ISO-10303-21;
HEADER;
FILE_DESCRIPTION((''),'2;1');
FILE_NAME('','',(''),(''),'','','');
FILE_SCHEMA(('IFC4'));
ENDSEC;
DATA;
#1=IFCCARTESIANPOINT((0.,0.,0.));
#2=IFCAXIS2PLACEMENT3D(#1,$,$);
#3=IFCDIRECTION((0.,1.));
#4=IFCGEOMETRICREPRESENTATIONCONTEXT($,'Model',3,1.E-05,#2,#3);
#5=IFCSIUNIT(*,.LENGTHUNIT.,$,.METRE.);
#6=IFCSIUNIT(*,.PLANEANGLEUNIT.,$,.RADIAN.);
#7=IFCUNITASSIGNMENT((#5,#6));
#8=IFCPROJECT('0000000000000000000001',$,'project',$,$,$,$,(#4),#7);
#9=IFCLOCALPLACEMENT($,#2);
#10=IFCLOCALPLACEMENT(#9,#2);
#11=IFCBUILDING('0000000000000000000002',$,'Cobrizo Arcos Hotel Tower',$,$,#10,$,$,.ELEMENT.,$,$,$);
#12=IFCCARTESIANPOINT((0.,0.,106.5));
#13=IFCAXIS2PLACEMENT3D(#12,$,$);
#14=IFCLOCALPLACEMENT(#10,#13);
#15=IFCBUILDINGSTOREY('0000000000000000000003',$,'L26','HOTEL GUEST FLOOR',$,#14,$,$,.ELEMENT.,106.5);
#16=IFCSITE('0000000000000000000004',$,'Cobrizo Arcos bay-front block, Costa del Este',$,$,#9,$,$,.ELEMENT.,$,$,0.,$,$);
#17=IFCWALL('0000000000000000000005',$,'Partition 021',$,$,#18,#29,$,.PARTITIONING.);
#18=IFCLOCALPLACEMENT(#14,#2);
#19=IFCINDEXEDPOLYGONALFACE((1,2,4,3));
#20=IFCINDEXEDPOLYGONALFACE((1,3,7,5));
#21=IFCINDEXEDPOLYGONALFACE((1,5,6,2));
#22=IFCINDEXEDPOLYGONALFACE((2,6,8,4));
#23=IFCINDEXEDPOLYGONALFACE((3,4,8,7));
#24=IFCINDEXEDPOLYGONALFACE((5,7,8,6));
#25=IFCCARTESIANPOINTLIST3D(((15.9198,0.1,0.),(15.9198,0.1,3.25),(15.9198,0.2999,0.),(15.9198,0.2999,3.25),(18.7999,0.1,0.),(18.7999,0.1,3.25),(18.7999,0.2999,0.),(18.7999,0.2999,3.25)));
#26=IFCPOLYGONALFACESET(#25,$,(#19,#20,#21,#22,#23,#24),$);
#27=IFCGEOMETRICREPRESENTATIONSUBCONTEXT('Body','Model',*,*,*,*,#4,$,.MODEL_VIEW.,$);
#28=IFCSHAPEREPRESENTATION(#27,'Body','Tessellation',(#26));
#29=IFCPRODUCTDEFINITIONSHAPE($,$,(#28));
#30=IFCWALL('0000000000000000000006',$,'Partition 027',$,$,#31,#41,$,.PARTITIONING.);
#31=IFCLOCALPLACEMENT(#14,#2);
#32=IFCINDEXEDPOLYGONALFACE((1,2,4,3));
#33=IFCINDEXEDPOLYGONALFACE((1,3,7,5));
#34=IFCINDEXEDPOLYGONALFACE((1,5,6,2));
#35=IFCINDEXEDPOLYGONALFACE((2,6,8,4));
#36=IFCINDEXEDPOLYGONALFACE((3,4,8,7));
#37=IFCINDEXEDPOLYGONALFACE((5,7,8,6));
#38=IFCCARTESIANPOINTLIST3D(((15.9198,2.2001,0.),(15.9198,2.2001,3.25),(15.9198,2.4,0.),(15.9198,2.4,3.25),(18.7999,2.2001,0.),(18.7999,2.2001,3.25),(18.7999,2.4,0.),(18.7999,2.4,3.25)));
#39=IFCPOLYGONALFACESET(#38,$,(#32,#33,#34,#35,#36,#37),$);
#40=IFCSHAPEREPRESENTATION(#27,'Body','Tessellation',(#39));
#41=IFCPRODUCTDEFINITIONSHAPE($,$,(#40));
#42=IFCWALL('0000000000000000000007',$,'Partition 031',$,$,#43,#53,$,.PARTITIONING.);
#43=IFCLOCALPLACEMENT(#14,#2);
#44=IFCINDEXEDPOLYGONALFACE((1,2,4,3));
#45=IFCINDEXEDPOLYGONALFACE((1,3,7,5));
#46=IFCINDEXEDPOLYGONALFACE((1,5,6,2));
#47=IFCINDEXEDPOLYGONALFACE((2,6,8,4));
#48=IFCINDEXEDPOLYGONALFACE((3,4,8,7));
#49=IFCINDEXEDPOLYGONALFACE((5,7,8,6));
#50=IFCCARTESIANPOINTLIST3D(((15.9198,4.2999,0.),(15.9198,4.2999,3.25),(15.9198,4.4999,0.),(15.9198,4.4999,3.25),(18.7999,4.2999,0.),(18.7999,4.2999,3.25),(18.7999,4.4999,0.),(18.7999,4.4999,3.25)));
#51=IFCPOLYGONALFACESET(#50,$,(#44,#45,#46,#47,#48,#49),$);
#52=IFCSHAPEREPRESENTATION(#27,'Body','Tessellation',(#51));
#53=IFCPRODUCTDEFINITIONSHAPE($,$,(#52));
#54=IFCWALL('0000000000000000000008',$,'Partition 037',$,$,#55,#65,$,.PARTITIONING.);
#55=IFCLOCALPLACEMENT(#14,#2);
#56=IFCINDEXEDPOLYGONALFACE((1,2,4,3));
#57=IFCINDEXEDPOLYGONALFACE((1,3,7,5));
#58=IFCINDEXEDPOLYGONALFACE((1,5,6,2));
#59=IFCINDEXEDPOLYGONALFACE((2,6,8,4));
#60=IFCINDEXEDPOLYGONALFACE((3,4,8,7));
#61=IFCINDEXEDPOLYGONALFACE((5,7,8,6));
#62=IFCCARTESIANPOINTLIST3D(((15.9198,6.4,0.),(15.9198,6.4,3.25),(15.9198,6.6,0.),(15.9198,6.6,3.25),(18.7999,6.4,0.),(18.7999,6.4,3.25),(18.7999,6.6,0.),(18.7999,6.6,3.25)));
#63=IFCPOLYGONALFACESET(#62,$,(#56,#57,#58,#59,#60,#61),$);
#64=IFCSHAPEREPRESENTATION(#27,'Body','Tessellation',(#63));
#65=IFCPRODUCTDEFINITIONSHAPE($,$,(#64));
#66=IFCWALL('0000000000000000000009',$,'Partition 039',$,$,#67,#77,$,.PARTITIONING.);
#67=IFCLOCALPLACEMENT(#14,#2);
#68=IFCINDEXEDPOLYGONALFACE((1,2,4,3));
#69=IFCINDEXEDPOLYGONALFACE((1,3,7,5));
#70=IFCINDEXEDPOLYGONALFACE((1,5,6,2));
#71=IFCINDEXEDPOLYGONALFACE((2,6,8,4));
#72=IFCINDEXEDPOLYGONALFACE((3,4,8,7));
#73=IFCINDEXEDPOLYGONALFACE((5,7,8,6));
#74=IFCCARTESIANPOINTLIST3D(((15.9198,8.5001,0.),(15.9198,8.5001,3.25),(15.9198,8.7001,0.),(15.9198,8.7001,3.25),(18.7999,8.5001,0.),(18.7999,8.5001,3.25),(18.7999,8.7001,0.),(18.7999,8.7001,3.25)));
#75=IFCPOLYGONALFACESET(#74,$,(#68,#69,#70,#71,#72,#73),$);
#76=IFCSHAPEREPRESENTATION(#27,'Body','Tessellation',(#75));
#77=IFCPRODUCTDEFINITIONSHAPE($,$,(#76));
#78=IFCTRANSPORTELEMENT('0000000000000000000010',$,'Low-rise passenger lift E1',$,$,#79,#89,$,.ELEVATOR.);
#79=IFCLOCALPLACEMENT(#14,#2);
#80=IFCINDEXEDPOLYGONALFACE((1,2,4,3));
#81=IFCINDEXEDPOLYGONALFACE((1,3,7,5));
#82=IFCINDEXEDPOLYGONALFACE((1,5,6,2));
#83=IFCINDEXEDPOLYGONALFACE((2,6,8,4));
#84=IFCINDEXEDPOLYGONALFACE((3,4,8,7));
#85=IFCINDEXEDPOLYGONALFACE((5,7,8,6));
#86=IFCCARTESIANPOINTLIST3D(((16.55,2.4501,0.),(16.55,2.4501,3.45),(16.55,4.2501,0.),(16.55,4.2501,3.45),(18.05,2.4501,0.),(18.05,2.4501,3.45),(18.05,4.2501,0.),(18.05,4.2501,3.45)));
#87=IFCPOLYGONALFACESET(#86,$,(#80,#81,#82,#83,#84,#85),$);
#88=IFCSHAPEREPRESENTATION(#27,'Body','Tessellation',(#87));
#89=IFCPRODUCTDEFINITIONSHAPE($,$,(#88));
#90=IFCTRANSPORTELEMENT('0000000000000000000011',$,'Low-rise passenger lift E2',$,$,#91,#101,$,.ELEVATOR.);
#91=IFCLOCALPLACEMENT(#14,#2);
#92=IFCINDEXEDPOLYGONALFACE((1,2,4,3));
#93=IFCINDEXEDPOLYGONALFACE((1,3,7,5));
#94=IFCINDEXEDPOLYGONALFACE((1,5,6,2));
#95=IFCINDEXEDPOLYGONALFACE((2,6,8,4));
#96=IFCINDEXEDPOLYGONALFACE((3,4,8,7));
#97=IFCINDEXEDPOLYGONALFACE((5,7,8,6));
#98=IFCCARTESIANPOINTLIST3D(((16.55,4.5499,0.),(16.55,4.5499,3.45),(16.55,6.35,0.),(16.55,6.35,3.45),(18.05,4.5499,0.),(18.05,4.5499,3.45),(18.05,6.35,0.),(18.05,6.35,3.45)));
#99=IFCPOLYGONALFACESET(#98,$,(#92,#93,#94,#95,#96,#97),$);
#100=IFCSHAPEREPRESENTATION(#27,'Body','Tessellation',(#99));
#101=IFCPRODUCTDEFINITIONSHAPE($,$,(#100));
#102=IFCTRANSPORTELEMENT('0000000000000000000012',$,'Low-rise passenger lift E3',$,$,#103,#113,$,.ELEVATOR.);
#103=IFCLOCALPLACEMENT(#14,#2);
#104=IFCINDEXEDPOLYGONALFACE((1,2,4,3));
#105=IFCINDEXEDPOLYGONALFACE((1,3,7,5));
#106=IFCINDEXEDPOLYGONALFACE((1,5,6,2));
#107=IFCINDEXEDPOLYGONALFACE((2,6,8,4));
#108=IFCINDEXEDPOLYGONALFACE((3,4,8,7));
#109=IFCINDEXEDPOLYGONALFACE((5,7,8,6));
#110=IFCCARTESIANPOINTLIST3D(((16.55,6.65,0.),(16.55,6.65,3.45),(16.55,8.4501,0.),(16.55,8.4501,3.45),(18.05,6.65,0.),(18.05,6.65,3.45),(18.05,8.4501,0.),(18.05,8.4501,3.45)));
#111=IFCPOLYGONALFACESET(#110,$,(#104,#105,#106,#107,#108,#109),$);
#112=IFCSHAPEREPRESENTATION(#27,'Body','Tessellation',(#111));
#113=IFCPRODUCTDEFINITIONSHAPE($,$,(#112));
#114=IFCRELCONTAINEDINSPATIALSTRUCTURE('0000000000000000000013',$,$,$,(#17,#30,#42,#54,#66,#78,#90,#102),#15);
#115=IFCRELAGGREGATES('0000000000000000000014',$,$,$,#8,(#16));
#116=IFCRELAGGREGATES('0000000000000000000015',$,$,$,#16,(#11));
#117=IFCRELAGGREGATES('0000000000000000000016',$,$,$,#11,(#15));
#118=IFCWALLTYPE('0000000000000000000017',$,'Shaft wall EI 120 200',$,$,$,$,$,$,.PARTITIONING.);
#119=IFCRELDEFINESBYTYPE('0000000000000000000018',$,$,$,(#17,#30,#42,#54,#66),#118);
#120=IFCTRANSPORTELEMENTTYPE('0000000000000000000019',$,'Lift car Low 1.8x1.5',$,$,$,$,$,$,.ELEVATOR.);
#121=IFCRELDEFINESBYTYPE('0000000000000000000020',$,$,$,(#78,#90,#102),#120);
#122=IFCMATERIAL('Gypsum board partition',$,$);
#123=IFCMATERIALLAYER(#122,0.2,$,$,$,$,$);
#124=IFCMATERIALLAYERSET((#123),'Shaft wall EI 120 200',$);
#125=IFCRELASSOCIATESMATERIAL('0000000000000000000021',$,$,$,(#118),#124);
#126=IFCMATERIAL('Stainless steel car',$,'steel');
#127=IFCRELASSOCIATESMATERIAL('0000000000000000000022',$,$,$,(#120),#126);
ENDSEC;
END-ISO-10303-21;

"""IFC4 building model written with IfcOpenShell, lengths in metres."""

from ifc_helpers import new_model, si_unit, direction, frame, frame_2d, origin, origin_2d, place, context, subcontext, project, spatial, rectangle, extrude, material, layer, layer_set, type_object, element, save


model = new_model("IFC4")

# Units and contexts
model_context = context("Model", 3, precision=1e-05, world=origin(), true_north=direction((0.0, 1.0)))
body_context = subcontext(model_context, "Body", "Model", "MODEL_VIEW")
ifc_project = project(units=[si_unit("LENGTHUNIT", "METRE"), si_unit("PLANEANGLEUNIT", "RADIAN")], contexts=[model_context])

# Site, building, storey
site_placement = place(None, origin())
site = spatial("IfcSite", under=ifc_project, at=site_placement, Name="Cobrizo Arcos bay-front block, Costa del Este", CompositionType="ELEMENT", RefElevation=0.0)
building_placement = place(site_placement, origin())
building = spatial("IfcBuilding", under=site, at=building_placement, Name="Cobrizo Arcos Hotel Tower", CompositionType="ELEMENT")
storey_placement = place(building_placement, frame((0.0, 0.0, 106.5)))
storey = spatial("IfcBuildingStorey", under=building, at=storey_placement, Name="L26", Description="HOTEL GUEST FLOOR", CompositionType="ELEMENT", Elevation=106.5)

# Shared definitions
ifc_material_1 = material(Name="Gypsum board partition")

# Walls
ifc_layer_1 = layer(ifc_material_1, 0.2)
ifc_layer_set_1 = layer_set([ifc_layer_1], Name="Shaft wall EI 120 200")
wall_type_1 = type_object("IfcWallType", Name="Shaft wall EI 120 200", PredefinedType="PARTITIONING", material=ifc_layer_set_1)
for number, where, z_axis, x_axis, name in (
    (1, (15.9199, 0.2, 0.0), (0.0, 0.0, 1.0), (1.0, 0.0, 0.0), "Partition 021"),
    (2, (15.9199, 2.3, 0.0), (0.0, 0.0, 1.0), (1.0, 0.0, 0.0), "Partition 027"),
    (3, (15.9199, 4.3999, 0.0), (0.0, 0.0, 1.0), (1.0, 0.0, 0.0), "Partition 031"),
    (4, (15.9199, 6.5, 0.0), (0.0, 0.0, 1.0), (1.0, 0.0, 0.0), "Partition 037"),
    (5, (15.9199, 8.6001, 0.0), (0.0, 0.0, 1.0), (1.0, 0.0, 0.0), "Partition 039"),
):
    element("IfcWall", number, at=place(storey_placement, frame(where, z_axis=z_axis, x_axis=x_axis)), inside=storey, type_object=wall_type_1, Name=name, PredefinedType="PARTITIONING", context=body_context, shape_type="SweptSolid", body=[
        extrude(rectangle(XDim=2.8801, YDim=0.2, at=frame_2d((1.4399, 0.0))), origin(), (0.0, 0.0, 1.0), 3.25),
    ])

# Transport elements
ifc_material_2 = material(Name="Stainless steel car", Category="steel")
transport_element_type = type_object("IfcTransportElementType", Name="Lift car Low 1.8x1.5", PredefinedType="ELEVATOR", material=ifc_material_2)
for number, where, z_axis, x_axis, name in (
    (6, (17.3, 3.3501, 0.0), (0.0, 0.0, 1.0), (1.0, 0.0, 0.0), "Low-rise passenger lift E1"),
    (7, (17.3, 5.45, 0.0), (0.0, 0.0, 1.0), (1.0, 0.0, 0.0), "Low-rise passenger lift E2"),
    (8, (17.3, 7.55, 0.0), (0.0, 0.0, 1.0), (1.0, 0.0, 0.0), "Low-rise passenger lift E3"),
):
    element("IfcTransportElement", number, at=place(storey_placement, frame(where, z_axis=z_axis, x_axis=x_axis)), inside=storey, type_object=transport_element_type, Name=name, PredefinedType="ELEVATOR", context=body_context, shape_type="SweptSolid", body=[
        extrude(rectangle(XDim=1.5, YDim=1.8, at=origin_2d()), origin(), (0.0, 0.0, 1.0), 3.45),
    ])

save(model, "model.ifc")
